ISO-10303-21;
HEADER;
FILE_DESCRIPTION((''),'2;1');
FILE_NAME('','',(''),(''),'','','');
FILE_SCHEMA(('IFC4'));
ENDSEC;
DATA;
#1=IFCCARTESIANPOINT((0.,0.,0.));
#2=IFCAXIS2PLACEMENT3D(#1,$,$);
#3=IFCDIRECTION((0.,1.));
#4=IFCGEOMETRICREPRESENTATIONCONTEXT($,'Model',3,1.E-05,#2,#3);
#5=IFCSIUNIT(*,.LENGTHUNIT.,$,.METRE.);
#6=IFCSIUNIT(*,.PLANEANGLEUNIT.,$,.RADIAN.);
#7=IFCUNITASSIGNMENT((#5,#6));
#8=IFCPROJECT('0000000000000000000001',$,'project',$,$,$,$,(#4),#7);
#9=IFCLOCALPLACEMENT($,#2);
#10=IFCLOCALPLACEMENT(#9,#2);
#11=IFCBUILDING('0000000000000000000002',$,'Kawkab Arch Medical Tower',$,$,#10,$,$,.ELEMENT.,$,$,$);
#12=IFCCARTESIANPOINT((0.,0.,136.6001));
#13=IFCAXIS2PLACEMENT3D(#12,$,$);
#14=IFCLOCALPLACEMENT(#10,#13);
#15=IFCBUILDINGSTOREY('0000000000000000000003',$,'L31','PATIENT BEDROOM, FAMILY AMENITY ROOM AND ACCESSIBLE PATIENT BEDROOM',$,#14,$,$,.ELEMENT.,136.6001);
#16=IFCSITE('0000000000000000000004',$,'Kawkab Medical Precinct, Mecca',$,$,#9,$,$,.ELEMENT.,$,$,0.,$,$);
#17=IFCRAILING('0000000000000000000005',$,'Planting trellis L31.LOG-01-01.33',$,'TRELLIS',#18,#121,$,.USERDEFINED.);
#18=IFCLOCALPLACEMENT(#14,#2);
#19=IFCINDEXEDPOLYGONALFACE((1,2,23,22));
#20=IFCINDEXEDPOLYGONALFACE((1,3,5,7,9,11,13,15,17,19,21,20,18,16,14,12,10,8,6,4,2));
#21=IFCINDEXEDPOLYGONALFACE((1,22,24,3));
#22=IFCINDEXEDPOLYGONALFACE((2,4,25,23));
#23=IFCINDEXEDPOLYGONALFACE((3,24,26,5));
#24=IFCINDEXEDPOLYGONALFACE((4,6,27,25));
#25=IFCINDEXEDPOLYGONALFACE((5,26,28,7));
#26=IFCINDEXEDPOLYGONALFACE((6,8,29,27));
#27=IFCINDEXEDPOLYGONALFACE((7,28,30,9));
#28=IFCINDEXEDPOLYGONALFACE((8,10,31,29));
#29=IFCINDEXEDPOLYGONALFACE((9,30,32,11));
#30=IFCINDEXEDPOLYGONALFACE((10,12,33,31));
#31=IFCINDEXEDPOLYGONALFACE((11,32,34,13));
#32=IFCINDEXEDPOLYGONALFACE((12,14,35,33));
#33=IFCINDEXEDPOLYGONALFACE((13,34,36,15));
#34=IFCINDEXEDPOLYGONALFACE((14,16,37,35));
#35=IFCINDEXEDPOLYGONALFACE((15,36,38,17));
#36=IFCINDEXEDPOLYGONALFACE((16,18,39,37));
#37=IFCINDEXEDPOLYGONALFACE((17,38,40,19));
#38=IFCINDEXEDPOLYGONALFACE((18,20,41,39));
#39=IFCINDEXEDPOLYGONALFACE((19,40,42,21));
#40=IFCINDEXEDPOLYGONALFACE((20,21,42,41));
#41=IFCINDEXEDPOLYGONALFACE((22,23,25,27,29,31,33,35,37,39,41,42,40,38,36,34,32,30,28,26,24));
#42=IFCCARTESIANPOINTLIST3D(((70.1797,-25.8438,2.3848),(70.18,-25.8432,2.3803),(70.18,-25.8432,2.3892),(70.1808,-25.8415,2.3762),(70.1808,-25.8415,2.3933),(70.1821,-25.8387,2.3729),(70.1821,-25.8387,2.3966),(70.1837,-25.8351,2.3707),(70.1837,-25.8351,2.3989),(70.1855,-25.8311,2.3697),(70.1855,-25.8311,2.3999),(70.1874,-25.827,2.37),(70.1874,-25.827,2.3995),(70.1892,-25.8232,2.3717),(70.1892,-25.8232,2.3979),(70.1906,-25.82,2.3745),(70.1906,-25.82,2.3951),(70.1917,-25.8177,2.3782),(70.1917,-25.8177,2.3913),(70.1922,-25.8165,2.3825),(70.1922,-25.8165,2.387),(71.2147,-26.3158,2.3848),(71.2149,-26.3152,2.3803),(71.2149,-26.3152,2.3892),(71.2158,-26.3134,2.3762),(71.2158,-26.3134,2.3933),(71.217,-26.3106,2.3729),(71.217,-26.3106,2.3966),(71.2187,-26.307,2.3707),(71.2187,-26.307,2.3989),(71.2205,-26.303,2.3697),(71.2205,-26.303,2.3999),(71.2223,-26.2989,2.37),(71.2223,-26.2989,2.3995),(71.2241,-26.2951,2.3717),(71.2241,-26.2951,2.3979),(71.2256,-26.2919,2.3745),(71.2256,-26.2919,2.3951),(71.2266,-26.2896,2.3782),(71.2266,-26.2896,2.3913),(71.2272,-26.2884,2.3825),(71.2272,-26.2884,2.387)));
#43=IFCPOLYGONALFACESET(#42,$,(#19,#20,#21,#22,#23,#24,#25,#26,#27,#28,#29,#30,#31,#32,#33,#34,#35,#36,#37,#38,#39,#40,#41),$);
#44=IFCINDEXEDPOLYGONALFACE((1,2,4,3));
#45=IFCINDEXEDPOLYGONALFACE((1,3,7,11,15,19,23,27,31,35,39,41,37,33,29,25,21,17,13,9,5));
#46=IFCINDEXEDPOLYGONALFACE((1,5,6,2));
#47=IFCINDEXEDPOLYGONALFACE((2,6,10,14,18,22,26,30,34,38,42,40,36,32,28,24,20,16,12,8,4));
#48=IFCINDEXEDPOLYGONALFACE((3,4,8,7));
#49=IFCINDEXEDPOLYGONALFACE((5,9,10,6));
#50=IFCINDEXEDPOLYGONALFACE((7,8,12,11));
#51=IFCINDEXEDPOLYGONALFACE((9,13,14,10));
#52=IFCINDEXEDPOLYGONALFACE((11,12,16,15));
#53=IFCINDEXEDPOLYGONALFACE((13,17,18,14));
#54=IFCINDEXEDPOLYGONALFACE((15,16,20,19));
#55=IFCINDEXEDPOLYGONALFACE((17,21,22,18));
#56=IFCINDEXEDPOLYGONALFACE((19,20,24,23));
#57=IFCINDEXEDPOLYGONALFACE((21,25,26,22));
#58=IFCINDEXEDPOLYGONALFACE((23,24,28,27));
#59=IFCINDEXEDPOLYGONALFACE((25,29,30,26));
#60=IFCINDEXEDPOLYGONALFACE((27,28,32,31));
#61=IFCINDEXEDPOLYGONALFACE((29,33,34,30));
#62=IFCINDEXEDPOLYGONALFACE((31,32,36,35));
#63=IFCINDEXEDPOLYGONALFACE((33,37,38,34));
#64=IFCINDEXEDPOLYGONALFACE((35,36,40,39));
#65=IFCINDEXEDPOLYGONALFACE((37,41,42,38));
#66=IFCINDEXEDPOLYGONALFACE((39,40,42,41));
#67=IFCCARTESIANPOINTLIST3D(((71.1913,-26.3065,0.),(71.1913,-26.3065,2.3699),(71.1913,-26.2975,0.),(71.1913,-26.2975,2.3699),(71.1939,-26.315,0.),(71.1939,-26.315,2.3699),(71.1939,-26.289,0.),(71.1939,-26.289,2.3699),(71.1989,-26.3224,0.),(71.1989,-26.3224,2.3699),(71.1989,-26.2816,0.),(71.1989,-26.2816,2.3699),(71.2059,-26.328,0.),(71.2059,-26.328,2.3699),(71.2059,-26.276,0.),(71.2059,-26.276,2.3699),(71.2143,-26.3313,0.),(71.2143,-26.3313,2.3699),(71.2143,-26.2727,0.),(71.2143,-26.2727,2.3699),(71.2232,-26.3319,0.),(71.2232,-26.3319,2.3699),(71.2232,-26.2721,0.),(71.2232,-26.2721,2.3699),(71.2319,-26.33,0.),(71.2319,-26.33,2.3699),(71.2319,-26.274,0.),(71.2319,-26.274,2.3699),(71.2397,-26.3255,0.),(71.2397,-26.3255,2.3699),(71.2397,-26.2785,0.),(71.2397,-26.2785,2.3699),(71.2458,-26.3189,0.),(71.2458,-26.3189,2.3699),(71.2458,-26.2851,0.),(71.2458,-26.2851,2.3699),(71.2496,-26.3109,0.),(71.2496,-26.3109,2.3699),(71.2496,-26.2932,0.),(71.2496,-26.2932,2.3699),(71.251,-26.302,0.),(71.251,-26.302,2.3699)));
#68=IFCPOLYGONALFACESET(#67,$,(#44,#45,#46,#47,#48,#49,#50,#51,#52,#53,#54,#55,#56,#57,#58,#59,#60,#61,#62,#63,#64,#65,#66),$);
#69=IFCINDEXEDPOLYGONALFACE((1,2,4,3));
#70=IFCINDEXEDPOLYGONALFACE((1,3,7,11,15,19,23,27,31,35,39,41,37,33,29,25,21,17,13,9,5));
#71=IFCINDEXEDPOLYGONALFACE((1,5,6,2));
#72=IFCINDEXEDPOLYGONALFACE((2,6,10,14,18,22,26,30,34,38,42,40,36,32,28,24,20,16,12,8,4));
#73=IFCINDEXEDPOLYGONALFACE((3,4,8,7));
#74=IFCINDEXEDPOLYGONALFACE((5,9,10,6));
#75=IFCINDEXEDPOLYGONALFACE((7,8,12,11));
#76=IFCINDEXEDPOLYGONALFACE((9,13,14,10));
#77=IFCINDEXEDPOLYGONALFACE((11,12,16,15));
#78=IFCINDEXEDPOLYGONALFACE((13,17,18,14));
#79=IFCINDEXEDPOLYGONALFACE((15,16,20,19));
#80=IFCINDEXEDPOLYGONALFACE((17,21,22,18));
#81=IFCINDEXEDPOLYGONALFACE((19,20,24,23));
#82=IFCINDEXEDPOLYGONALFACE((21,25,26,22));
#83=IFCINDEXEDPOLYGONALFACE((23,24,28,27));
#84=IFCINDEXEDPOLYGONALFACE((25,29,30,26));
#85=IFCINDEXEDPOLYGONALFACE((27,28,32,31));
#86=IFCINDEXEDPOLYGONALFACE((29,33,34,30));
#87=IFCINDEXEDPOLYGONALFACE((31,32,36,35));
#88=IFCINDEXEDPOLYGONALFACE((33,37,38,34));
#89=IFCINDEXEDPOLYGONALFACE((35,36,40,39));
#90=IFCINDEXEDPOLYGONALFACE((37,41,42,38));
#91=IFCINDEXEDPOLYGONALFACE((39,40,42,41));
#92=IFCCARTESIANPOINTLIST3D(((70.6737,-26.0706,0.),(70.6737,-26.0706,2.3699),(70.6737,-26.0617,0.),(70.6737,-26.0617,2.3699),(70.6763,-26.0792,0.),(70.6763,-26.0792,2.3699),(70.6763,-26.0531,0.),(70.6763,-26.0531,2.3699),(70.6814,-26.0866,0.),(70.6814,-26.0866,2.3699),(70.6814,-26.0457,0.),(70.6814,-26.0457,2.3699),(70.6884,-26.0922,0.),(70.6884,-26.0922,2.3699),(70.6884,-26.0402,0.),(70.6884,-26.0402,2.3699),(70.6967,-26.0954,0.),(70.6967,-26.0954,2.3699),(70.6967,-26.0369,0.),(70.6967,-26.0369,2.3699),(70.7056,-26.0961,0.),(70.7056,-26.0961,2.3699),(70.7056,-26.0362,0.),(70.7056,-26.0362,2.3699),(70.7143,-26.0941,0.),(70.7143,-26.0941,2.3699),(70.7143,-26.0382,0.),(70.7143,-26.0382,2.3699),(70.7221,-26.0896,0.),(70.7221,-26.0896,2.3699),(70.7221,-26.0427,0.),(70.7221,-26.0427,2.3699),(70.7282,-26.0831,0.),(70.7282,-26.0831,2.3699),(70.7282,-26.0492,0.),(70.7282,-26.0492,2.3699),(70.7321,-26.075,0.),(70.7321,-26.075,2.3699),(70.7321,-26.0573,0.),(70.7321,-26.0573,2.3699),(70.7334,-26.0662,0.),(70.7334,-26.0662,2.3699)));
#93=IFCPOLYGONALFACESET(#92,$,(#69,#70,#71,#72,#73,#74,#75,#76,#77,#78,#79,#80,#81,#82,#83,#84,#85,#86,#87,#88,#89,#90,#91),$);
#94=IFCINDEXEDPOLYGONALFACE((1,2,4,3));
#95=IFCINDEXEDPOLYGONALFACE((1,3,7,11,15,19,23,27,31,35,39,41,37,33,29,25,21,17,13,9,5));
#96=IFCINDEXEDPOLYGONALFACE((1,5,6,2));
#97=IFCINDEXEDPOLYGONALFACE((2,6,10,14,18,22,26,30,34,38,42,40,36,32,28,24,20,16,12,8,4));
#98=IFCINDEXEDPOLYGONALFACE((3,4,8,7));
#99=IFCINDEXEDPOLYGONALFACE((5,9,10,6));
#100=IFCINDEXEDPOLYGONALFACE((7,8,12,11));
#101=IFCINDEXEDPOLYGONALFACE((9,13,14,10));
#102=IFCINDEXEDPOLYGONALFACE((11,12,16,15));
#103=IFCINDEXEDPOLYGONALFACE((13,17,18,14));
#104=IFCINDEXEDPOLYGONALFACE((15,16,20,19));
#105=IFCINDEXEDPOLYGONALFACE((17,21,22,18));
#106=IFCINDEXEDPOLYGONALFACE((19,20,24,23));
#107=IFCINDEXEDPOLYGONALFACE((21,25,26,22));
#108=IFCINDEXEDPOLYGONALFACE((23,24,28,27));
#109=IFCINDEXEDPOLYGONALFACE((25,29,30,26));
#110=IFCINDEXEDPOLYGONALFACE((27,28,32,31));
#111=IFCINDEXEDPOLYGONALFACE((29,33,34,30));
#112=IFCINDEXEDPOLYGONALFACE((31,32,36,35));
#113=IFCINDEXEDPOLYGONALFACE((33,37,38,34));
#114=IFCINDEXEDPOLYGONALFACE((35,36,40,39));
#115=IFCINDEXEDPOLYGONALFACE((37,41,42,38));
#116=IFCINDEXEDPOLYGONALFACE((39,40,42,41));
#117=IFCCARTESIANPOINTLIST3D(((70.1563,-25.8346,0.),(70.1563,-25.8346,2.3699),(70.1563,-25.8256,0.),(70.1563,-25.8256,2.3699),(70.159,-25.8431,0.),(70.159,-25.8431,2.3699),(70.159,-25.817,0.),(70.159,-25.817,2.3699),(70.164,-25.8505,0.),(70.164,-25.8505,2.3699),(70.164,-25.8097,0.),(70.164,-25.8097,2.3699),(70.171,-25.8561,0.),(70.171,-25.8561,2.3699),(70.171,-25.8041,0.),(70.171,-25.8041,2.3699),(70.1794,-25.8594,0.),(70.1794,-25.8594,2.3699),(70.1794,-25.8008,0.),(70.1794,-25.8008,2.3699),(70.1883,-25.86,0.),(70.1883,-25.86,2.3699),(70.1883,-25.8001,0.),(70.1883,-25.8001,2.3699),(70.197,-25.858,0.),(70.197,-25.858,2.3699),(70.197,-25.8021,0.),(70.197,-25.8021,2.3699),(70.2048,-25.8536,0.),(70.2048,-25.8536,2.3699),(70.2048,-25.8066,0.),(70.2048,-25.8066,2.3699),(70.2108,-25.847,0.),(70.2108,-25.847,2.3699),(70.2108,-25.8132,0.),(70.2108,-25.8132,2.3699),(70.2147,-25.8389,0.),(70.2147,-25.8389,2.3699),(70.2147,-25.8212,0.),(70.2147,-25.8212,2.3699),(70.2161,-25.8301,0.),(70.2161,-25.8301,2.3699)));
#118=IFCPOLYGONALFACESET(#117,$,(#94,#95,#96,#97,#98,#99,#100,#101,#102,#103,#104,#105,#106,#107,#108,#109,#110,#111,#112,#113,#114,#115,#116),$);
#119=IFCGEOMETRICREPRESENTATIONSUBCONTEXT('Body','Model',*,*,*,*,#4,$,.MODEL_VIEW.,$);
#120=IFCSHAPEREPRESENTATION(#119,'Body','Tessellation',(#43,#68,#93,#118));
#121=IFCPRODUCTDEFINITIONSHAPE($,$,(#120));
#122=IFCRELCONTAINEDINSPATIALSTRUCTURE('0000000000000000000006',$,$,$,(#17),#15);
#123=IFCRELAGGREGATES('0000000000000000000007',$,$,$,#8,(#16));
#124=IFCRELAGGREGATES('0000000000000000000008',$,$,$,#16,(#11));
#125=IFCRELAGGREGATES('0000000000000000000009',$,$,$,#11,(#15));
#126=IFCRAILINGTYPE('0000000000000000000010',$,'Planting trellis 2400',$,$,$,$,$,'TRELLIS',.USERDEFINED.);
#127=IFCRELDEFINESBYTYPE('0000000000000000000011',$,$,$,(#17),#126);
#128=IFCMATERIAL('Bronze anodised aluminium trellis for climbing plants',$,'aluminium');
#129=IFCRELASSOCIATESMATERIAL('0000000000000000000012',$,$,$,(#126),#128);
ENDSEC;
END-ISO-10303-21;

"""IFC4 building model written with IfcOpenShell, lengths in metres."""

from ifc_helpers import new_model, si_unit, direction, frame, origin, origin_2d, place, context, subcontext, project, spatial, circle, extrude, material, type_object, element, save


model = new_model("IFC4")

# Units and contexts
model_context = context("Model", 3, precision=1e-05, world=origin(), true_north=direction((0.0, 1.0)))
body_context = subcontext(model_context, "Body", "Model", "MODEL_VIEW")
ifc_project = project(units=[si_unit("LENGTHUNIT", "METRE"), si_unit("PLANEANGLEUNIT", "RADIAN")], contexts=[model_context])

# Site, building, storey
site_placement = place(None, origin())
site = spatial("IfcSite", under=ifc_project, at=site_placement, Name="Kawkab Medical Precinct, Mecca", CompositionType="ELEMENT", RefElevation=0.0)
building_placement = place(site_placement, origin())
building = spatial("IfcBuilding", under=site, at=building_placement, Name="Kawkab Arch Medical Tower", CompositionType="ELEMENT")
storey_placement = place(building_placement, frame((0.0, 0.0, 136.6001)))
storey = spatial("IfcBuildingStorey", under=building, at=storey_placement, Name="L31", Description="PATIENT BEDROOM, FAMILY AMENITY ROOM AND ACCESSIBLE PATIENT BEDROOM", CompositionType="ELEMENT", Elevation=136.6001)

# Railing
ifc_material_1 = material(Name="Bronze anodised aluminium trellis for climbing plants", Category="aluminium")
railing_type = type_object("IfcRailingType", Name="Planting trellis 2400", ElementType="TRELLIS", PredefinedType="USERDEFINED", material=ifc_material_1)
railing_1_placement = place(storey_placement, frame((71.2209, -26.302, 0.0)))
element("IfcRailing", 1, at=railing_1_placement, inside=storey, type_object=railing_type, Name="Planting trellis L31.LOG-01-01.33", ObjectType="TRELLIS", PredefinedType="USERDEFINED", context=body_context, shape_type="SweptSolid", body=[
    extrude(circle(Radius=0.0151, at=origin_2d()), frame((0.0, 0.0, 2.3848), z_axis=(-0.909866, 0.414902, 0.0), x_axis=(-0.414902, -0.909866, 0.0)), (0.0, 0.0, 1.0), 1.1375),
    extrude(circle(Radius=0.03, at=origin_2d()), origin(), (0.0, 0.0, 1.0), 2.3699),
    extrude(circle(Radius=0.03, at=origin_2d()), frame((-0.5176, 0.2358, 0.0)), (0.0, 0.0, 1.0), 2.3699),
    extrude(circle(Radius=0.03, at=origin_2d()), frame((-1.0349, 0.4719, 0.0)), (0.0, 0.0, 1.0), 2.3699),
])

save(model, "model.ifc")
